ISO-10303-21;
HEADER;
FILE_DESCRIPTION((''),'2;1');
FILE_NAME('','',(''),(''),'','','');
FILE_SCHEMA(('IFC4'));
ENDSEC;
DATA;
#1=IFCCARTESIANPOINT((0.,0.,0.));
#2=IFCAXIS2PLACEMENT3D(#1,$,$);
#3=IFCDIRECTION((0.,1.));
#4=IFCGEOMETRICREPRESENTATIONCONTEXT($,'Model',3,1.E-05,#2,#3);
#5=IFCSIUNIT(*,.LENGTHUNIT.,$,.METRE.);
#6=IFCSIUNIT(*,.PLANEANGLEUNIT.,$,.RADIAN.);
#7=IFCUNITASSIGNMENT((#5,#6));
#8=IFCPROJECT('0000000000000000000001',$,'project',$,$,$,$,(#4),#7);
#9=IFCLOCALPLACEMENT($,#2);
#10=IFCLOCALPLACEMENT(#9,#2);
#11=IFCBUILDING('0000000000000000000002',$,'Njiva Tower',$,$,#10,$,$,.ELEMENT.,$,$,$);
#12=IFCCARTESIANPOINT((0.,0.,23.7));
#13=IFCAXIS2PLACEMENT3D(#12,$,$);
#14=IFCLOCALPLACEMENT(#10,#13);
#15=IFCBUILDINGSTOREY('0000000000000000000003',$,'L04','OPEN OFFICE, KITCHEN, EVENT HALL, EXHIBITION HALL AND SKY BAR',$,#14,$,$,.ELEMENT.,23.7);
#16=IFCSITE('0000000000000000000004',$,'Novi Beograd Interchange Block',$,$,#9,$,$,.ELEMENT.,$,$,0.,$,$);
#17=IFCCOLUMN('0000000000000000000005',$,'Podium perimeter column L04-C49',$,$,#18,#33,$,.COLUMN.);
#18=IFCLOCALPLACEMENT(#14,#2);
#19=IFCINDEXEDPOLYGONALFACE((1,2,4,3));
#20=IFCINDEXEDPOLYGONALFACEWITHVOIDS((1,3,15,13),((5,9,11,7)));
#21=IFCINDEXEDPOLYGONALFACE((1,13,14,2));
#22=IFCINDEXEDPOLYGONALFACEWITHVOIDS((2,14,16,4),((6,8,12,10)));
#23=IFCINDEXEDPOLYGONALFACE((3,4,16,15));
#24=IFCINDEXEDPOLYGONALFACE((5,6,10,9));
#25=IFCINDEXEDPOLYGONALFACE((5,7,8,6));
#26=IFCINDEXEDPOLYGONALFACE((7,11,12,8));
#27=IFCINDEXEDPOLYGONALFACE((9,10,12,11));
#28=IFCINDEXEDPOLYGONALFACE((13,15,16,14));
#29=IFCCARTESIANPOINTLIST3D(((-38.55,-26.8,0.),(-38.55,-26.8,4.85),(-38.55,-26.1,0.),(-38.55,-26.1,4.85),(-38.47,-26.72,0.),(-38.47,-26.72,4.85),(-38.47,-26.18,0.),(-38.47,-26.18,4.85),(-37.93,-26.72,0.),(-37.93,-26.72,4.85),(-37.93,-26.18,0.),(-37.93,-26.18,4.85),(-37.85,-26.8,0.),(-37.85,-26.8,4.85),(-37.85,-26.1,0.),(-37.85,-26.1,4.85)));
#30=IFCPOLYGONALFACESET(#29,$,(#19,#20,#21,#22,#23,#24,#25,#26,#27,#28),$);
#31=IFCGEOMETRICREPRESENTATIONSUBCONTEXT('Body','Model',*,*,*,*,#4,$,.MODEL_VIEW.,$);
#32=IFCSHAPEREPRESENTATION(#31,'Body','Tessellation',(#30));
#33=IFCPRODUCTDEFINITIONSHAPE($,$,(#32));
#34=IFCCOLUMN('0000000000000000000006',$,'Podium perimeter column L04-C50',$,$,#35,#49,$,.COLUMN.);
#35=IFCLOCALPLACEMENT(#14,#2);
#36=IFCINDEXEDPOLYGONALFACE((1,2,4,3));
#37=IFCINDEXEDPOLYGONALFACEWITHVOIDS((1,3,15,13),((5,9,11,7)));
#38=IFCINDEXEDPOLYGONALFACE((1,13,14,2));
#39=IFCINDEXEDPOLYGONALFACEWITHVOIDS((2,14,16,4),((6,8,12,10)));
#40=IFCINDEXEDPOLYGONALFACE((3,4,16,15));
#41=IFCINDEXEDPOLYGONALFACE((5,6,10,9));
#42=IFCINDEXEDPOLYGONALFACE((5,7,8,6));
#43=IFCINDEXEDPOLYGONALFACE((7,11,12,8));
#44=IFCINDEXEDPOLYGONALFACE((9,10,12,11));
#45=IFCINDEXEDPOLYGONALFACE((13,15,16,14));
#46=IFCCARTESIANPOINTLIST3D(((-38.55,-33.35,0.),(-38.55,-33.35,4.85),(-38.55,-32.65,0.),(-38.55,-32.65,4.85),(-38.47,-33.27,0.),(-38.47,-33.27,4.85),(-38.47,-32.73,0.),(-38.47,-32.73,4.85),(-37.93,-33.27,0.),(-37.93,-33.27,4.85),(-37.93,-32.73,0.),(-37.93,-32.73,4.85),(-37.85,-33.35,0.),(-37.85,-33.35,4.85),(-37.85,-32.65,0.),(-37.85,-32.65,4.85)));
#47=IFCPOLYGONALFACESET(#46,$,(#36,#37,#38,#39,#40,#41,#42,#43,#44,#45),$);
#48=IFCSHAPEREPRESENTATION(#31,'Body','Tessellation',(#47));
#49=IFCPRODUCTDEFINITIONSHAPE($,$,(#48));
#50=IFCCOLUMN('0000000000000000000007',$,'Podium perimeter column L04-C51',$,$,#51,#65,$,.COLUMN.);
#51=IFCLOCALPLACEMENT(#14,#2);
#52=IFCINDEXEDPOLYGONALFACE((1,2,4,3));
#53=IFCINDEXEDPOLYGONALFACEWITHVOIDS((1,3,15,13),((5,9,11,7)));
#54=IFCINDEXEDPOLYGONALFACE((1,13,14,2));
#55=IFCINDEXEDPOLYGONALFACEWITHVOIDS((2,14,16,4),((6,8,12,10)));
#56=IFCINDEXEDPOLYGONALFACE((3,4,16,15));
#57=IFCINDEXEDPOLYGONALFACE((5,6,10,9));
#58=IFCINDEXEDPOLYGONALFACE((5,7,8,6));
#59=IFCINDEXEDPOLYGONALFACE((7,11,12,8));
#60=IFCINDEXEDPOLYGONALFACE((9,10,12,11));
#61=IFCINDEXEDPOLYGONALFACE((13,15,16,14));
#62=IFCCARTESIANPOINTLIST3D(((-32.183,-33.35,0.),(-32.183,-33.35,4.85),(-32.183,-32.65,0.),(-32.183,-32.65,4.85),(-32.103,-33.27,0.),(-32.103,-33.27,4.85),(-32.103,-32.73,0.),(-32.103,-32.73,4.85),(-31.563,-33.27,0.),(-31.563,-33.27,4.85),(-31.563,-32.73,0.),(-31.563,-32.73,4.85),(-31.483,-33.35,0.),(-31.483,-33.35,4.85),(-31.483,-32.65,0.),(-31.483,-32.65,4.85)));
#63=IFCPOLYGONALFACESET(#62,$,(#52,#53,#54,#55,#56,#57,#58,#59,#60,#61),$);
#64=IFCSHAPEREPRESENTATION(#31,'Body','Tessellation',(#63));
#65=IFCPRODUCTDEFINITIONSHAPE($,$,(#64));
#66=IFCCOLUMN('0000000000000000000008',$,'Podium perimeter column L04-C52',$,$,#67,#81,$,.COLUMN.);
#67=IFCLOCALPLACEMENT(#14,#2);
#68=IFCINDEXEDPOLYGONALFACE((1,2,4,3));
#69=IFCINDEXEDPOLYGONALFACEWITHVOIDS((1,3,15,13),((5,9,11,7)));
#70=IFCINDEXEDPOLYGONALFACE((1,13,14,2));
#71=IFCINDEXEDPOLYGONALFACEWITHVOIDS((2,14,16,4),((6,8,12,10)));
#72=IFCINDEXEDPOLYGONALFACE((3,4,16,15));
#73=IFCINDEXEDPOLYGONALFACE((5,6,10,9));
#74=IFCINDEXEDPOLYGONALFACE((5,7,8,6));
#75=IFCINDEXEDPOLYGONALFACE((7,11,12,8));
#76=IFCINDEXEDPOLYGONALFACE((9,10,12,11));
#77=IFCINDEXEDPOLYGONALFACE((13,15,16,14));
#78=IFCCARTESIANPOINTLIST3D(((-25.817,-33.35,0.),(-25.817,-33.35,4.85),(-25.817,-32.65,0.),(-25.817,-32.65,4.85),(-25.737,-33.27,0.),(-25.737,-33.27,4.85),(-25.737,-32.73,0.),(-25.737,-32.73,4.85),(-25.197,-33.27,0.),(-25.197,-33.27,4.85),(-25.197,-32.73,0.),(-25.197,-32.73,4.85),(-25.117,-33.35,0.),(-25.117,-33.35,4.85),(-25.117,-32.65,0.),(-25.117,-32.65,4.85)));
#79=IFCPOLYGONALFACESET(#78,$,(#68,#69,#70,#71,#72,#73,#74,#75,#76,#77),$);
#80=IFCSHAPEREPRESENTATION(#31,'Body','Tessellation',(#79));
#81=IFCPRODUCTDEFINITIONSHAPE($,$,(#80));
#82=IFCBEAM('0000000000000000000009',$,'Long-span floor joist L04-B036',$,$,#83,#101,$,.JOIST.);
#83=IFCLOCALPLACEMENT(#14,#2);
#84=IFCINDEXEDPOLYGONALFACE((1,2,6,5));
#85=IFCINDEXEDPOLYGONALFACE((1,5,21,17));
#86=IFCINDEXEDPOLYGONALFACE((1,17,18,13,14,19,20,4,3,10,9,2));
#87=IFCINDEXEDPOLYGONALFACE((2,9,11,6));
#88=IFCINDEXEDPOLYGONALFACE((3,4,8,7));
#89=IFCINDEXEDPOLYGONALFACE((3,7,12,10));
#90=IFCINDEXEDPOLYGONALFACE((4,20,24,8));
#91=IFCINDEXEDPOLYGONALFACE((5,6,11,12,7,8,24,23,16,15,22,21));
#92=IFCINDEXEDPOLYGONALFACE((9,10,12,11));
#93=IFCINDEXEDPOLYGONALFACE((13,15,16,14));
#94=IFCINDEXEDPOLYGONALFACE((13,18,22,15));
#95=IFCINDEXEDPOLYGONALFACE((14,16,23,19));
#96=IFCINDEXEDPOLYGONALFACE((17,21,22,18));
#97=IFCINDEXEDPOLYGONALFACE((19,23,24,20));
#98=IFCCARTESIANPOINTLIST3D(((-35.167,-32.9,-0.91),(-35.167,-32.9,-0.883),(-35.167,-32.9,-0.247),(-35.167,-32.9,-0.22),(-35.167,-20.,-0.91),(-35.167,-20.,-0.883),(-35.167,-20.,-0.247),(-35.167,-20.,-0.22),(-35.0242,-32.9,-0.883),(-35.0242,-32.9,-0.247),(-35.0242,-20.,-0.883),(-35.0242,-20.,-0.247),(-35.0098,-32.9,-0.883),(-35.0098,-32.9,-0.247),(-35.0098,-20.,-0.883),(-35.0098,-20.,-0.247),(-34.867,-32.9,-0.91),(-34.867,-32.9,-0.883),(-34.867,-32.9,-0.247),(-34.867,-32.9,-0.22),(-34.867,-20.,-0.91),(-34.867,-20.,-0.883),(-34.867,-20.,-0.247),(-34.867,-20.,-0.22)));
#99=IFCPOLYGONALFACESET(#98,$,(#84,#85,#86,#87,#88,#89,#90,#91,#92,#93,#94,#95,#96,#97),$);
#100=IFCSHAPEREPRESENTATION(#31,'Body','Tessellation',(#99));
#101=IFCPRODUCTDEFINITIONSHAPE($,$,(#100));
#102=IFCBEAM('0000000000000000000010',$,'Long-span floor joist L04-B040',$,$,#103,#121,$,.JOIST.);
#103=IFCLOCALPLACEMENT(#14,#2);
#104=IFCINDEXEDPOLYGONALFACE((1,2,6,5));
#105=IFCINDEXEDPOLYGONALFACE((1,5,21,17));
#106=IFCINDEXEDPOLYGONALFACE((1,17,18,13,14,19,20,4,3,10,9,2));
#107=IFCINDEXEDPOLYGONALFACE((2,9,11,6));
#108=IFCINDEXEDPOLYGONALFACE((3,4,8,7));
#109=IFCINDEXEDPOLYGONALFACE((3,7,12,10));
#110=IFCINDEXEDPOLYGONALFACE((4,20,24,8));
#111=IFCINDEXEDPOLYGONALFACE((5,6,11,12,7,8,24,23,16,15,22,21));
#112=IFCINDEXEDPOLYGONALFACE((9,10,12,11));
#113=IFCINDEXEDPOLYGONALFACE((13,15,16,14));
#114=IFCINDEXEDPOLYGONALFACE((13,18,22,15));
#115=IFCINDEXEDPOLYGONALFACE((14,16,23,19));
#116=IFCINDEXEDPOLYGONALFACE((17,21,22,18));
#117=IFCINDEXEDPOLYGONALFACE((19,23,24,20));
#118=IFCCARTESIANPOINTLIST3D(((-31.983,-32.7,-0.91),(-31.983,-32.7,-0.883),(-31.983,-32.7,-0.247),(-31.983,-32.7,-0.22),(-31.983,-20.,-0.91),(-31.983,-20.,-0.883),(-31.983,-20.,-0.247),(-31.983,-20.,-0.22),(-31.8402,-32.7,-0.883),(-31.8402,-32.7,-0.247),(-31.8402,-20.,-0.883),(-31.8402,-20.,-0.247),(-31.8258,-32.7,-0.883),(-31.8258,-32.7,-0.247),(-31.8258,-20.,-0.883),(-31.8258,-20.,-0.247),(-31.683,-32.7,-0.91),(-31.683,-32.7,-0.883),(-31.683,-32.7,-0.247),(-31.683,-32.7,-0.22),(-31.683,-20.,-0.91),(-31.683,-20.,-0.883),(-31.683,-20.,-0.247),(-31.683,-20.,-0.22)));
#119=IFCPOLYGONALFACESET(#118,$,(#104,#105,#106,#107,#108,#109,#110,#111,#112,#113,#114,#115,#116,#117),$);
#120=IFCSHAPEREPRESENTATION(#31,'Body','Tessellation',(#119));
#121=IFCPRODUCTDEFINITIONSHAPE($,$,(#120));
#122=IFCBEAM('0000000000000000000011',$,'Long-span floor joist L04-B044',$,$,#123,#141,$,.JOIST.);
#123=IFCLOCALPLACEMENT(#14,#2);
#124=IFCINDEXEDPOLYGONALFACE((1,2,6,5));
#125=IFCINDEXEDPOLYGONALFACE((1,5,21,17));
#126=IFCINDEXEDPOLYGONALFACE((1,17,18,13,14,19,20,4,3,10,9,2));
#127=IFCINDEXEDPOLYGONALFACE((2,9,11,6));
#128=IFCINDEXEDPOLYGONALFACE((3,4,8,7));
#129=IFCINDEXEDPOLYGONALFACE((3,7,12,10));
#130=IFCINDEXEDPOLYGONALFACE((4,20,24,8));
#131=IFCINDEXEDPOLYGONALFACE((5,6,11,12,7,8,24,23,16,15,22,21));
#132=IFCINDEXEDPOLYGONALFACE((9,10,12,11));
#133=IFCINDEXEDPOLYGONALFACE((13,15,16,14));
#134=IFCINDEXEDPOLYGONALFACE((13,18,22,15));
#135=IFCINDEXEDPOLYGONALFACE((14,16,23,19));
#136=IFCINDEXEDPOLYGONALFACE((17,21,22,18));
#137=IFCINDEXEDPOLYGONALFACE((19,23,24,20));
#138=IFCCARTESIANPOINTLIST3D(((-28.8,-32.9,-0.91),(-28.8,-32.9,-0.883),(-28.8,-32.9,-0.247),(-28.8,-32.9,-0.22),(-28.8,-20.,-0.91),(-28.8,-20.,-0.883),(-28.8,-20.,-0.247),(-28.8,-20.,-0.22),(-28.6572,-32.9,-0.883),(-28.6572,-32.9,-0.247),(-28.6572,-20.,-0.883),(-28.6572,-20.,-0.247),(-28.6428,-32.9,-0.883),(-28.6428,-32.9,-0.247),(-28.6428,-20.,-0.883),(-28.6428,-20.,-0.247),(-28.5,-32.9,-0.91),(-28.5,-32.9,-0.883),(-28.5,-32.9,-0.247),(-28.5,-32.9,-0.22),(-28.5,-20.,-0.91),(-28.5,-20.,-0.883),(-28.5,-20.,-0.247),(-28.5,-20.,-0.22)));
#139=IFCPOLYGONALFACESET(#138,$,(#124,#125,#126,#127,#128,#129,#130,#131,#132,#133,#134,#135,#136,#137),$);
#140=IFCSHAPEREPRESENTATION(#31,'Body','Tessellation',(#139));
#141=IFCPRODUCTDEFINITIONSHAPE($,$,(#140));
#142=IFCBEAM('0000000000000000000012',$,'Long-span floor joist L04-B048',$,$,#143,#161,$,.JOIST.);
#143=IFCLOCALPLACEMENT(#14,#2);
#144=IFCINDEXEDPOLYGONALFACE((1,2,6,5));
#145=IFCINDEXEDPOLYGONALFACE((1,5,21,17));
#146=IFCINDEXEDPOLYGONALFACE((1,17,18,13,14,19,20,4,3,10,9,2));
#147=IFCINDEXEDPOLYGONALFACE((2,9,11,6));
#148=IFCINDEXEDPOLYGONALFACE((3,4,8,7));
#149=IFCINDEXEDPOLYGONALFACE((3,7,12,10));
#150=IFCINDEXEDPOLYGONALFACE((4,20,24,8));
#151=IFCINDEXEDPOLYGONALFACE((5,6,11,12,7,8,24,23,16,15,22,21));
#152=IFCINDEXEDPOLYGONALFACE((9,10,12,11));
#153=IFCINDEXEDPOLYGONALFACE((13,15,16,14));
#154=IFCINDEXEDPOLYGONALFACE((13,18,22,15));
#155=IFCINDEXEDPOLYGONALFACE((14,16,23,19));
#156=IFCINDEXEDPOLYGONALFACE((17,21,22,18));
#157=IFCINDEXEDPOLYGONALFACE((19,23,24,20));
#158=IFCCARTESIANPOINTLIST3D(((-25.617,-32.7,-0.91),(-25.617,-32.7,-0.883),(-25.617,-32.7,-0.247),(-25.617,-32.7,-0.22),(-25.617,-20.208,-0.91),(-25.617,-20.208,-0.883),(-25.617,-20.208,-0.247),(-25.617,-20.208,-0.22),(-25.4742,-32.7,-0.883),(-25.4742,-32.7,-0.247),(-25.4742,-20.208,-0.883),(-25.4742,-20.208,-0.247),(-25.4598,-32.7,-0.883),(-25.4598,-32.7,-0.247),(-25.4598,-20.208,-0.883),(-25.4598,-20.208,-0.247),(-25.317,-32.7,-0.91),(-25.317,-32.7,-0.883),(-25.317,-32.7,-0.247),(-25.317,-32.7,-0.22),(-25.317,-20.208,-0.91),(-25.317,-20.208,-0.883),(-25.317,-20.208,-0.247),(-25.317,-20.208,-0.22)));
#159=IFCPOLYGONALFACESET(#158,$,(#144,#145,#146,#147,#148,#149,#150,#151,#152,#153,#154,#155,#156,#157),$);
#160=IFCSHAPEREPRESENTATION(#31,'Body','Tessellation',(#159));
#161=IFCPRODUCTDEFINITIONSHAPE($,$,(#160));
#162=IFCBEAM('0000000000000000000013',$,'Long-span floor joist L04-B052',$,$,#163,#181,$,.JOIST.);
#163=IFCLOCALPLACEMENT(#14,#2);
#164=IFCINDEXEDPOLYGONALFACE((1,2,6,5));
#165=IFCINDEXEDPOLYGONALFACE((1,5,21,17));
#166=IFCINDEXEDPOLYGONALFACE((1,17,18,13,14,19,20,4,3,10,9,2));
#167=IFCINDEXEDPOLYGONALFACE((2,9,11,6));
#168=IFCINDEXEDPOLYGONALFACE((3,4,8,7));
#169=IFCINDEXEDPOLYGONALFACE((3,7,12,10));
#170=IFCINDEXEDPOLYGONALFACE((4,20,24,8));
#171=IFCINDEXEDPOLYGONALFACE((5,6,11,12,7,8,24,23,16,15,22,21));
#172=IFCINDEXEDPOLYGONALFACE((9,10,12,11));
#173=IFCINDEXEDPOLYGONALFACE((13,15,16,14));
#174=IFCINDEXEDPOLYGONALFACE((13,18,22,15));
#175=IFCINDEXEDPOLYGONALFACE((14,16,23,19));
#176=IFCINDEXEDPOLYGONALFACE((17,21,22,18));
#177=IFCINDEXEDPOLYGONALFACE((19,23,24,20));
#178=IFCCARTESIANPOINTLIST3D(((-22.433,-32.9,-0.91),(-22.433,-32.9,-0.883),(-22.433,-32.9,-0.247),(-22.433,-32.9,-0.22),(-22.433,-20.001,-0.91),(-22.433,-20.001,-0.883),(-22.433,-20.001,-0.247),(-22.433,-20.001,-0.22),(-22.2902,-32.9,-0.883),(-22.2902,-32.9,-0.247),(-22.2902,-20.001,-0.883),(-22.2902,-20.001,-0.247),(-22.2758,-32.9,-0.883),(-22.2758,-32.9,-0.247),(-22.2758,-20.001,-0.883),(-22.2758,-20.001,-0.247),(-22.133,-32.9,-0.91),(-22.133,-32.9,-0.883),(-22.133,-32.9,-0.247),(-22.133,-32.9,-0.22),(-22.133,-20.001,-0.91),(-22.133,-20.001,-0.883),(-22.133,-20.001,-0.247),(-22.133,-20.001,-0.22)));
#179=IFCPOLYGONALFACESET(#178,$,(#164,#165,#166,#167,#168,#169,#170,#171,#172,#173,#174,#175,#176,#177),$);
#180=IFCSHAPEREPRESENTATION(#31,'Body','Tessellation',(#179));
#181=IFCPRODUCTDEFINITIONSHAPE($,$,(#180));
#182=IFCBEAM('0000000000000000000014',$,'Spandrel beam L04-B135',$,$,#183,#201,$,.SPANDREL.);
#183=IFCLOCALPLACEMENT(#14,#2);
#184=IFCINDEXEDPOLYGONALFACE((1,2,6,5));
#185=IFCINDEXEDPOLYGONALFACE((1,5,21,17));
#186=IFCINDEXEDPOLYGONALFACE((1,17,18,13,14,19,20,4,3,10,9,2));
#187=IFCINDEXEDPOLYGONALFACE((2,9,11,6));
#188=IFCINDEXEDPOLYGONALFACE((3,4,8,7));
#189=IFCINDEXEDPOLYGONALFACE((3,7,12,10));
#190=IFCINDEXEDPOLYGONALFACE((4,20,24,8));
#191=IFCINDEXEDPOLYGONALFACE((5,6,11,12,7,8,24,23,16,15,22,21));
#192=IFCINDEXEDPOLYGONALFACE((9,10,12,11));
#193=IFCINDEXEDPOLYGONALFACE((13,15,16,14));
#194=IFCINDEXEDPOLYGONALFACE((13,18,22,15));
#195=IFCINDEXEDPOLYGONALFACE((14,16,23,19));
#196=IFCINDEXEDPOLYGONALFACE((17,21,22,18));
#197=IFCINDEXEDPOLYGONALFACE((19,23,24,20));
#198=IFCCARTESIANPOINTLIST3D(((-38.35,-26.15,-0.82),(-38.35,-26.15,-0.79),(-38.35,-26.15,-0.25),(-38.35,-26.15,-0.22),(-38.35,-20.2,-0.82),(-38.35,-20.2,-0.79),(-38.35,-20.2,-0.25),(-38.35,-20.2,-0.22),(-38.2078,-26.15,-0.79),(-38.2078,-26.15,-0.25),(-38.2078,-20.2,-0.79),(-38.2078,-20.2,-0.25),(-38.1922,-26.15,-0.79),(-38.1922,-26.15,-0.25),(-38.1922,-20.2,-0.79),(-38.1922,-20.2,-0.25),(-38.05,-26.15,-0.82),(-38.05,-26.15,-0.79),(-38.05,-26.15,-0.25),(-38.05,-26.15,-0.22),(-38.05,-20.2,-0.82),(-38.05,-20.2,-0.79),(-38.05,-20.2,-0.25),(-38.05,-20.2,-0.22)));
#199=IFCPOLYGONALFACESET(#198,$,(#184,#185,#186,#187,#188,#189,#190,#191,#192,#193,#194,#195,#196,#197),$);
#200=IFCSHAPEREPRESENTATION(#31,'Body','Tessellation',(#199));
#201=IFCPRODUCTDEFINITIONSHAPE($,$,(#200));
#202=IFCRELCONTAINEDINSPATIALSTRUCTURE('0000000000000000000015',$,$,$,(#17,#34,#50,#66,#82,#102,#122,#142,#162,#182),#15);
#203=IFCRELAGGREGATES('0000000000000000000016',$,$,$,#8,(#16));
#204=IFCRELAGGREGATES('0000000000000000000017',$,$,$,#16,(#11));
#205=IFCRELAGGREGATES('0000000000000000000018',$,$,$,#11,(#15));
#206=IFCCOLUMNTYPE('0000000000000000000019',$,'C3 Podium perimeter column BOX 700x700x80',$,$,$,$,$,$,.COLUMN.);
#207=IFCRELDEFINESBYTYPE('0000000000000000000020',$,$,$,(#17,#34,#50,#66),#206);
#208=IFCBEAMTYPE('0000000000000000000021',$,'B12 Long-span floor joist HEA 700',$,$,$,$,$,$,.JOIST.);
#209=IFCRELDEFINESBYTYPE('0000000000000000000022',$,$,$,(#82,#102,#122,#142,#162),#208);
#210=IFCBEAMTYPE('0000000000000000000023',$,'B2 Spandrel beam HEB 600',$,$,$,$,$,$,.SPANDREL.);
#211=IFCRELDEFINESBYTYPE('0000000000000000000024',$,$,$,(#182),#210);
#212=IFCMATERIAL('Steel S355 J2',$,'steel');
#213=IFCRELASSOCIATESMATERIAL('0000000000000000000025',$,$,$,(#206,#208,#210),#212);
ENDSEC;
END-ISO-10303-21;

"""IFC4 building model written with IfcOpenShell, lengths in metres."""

from ifc_helpers import new_model, si_unit, direction, frame, origin, origin_2d, place, context, subcontext, project, spatial, hollow_rectangle, i_section, extrude, material, material_profile, profile_set, type_object, element, save


model = new_model("IFC4")

# Units and contexts
model_context = context("Model", 3, precision=1e-05, world=origin(), true_north=direction((0.0, 1.0)))
body_context = subcontext(model_context, "Body", "Model", "MODEL_VIEW")
ifc_project = project(units=[si_unit("LENGTHUNIT", "METRE"), si_unit("PLANEANGLEUNIT", "RADIAN")], contexts=[model_context])

# Site, building, storey
site_placement = place(None, origin())
site = spatial("IfcSite", under=ifc_project, at=site_placement, Name="Novi Beograd Interchange Block", CompositionType="ELEMENT", RefElevation=0.0)
building_placement = place(site_placement, origin())
building = spatial("IfcBuilding", under=site, at=building_placement, Name="Njiva Tower", CompositionType="ELEMENT")
storey_placement = place(building_placement, frame((0.0, 0.0, 23.7)))
storey = spatial("IfcBuildingStorey", under=building, at=storey_placement, Name="L04", Description="OPEN OFFICE, KITCHEN, EVENT HALL, EXHIBITION HALL AND SKY BAR", CompositionType="ELEMENT", Elevation=23.7)

# Columns
ifc_material_1 = material(Name="Steel S355 J2", Category="steel")
ifc_material_profile_1 = material_profile(ifc_material_1, hollow_rectangle(XDim=0.7, YDim=0.7, WallThickness=0.08, at=origin_2d()), Name="BOX 700x700x80")
ifc_profile_set_1 = profile_set([ifc_material_profile_1], Name="Steel S355 J2")
column_type = type_object("IfcColumnType", Name="C3 Podium perimeter column BOX 700x700x80", PredefinedType="COLUMN", material=ifc_profile_set_1)
for number, where, z_axis, x_axis, name in (
    (1, (-38.2, -26.45, 0.0), (0.0, 0.0, 1.0), (0.0, -1.0, 0.0), "Podium perimeter column L04-C49"),
    (2, (-38.2, -33.0, 0.0), (0.0, 0.0, 1.0), (1.0, 0.0, 0.0), "Podium perimeter column L04-C50"),
    (3, (-31.833, -33.0, 0.0), (0.0, 0.0, 1.0), (1.0, 0.0, 0.0), "Podium perimeter column L04-C51"),
    (4, (-25.467, -33.0, 0.0), (0.0, 0.0, 1.0), (1.0, 0.0, 0.0), "Podium perimeter column L04-C52"),
):
    element("IfcColumn", number, at=place(storey_placement, frame(where, z_axis=z_axis, x_axis=x_axis)), inside=storey, type_object=column_type, Name=name, PredefinedType="COLUMN", context=body_context, shape_type="SweptSolid", body=[
        extrude(hollow_rectangle(XDim=0.7, YDim=0.7, WallThickness=0.08, at=origin_2d()), origin(), (0.0, 0.0, 1.0), 4.85),
    ])

# Beams
ifc_material_profile_2 = material_profile(ifc_material_1, i_section(OverallWidth=0.3, OverallDepth=0.69, WebThickness=0.0145, FlangeThickness=0.027, at=origin_2d()), Name="HEA 700")
ifc_profile_set_2 = profile_set([ifc_material_profile_2], Name="Steel S355 J2")
beam_type_1 = type_object("IfcBeamType", Name="B12 Long-span floor joist HEA 700", PredefinedType="JOIST", material=ifc_profile_set_2)
beam_1_placement = place(storey_placement, frame((-35.017, -20.0, -0.565), z_axis=(0.0, -1.0, 0.0), x_axis=(1.0, 0.0, 0.0)))
element("IfcBeam", 5, at=beam_1_placement, inside=storey, type_object=beam_type_1, Name="Long-span floor joist L04-B036", PredefinedType="JOIST", context=body_context, shape_type="SweptSolid", body=[
    extrude(i_section(OverallWidth=0.3, OverallDepth=0.69, WebThickness=0.0145, FlangeThickness=0.027, at=origin_2d()), origin(), (0.0, 0.0, 1.0), 12.9),
])
beam_2_placement = place(storey_placement, frame((-31.833, -20.0, -0.565), z_axis=(0.0, -1.0, 0.0), x_axis=(1.0, 0.0, 0.0)))
element("IfcBeam", 6, at=beam_2_placement, inside=storey, type_object=beam_type_1, Name="Long-span floor joist L04-B040", PredefinedType="JOIST", context=body_context, shape_type="SweptSolid", body=[
    extrude(i_section(OverallWidth=0.3, OverallDepth=0.69, WebThickness=0.0145, FlangeThickness=0.027, at=origin_2d()), origin(), (0.0, 0.0, 1.0), 12.7),
])
beam_3_placement = place(storey_placement, frame((-28.65, -20.0, -0.565), z_axis=(0.0, -1.0, 0.0), x_axis=(1.0, 0.0, 0.0)))
element("IfcBeam", 7, at=beam_3_placement, inside=storey, type_object=beam_type_1, Name="Long-span floor joist L04-B044", PredefinedType="JOIST", context=body_context, shape_type="SweptSolid", body=[
    extrude(i_section(OverallWidth=0.3, OverallDepth=0.69, WebThickness=0.0145, FlangeThickness=0.027, at=origin_2d()), origin(), (0.0, 0.0, 1.0), 12.9),
])
beam_4_placement = place(storey_placement, frame((-25.467, -20.208, -0.565), z_axis=(0.0, -1.0, 0.0), x_axis=(1.0, 0.0, 0.0)))
element("IfcBeam", 8, at=beam_4_placement, inside=storey, type_object=beam_type_1, Name="Long-span floor joist L04-B048", PredefinedType="JOIST", context=body_context, shape_type="SweptSolid", body=[
    extrude(i_section(OverallWidth=0.3, OverallDepth=0.69, WebThickness=0.0145, FlangeThickness=0.027, at=origin_2d()), origin(), (0.0, 0.0, 1.0), 12.492),
])
beam_5_placement = place(storey_placement, frame((-22.283, -20.001, -0.565), z_axis=(0.0, -1.0, 0.0), x_axis=(1.0, 0.0, 0.0)))
element("IfcBeam", 9, at=beam_5_placement, inside=storey, type_object=beam_type_1, Name="Long-span floor joist L04-B052", PredefinedType="JOIST", context=body_context, shape_type="SweptSolid", body=[
    extrude(i_section(OverallWidth=0.3, OverallDepth=0.69, WebThickness=0.0145, FlangeThickness=0.027, at=origin_2d()), origin(), (0.0, 0.0, 1.0), 12.899),
])
ifc_material_profile_3 = material_profile(ifc_material_1, i_section(OverallWidth=0.3, OverallDepth=0.6, WebThickness=0.0155, FlangeThickness=0.03, at=origin_2d()), Name="HEB 600")
ifc_profile_set_3 = profile_set([ifc_material_profile_3], Name="Steel S355 J2")
beam_type_2 = type_object("IfcBeamType", Name="B2 Spandrel beam HEB 600", PredefinedType="SPANDREL", material=ifc_profile_set_3)
for number, where, z_axis, x_axis, name in (
    (10, (-38.2, -20.2, -0.52), (0.0, -1.0, 0.0), (1.0, 0.0, 0.0), "Spandrel beam L04-B135"),
):
    element("IfcBeam", number, at=place(storey_placement, frame(where, z_axis=z_axis, x_axis=x_axis)), inside=storey, type_object=beam_type_2, Name=name, PredefinedType="SPANDREL", context=body_context, shape_type="SweptSolid", body=[
        extrude(i_section(OverallWidth=0.3, OverallDepth=0.6, WebThickness=0.0155, FlangeThickness=0.03, at=origin_2d()), origin(), (0.0, 0.0, 1.0), 5.95),
    ])

save(model, "model.ifc")
